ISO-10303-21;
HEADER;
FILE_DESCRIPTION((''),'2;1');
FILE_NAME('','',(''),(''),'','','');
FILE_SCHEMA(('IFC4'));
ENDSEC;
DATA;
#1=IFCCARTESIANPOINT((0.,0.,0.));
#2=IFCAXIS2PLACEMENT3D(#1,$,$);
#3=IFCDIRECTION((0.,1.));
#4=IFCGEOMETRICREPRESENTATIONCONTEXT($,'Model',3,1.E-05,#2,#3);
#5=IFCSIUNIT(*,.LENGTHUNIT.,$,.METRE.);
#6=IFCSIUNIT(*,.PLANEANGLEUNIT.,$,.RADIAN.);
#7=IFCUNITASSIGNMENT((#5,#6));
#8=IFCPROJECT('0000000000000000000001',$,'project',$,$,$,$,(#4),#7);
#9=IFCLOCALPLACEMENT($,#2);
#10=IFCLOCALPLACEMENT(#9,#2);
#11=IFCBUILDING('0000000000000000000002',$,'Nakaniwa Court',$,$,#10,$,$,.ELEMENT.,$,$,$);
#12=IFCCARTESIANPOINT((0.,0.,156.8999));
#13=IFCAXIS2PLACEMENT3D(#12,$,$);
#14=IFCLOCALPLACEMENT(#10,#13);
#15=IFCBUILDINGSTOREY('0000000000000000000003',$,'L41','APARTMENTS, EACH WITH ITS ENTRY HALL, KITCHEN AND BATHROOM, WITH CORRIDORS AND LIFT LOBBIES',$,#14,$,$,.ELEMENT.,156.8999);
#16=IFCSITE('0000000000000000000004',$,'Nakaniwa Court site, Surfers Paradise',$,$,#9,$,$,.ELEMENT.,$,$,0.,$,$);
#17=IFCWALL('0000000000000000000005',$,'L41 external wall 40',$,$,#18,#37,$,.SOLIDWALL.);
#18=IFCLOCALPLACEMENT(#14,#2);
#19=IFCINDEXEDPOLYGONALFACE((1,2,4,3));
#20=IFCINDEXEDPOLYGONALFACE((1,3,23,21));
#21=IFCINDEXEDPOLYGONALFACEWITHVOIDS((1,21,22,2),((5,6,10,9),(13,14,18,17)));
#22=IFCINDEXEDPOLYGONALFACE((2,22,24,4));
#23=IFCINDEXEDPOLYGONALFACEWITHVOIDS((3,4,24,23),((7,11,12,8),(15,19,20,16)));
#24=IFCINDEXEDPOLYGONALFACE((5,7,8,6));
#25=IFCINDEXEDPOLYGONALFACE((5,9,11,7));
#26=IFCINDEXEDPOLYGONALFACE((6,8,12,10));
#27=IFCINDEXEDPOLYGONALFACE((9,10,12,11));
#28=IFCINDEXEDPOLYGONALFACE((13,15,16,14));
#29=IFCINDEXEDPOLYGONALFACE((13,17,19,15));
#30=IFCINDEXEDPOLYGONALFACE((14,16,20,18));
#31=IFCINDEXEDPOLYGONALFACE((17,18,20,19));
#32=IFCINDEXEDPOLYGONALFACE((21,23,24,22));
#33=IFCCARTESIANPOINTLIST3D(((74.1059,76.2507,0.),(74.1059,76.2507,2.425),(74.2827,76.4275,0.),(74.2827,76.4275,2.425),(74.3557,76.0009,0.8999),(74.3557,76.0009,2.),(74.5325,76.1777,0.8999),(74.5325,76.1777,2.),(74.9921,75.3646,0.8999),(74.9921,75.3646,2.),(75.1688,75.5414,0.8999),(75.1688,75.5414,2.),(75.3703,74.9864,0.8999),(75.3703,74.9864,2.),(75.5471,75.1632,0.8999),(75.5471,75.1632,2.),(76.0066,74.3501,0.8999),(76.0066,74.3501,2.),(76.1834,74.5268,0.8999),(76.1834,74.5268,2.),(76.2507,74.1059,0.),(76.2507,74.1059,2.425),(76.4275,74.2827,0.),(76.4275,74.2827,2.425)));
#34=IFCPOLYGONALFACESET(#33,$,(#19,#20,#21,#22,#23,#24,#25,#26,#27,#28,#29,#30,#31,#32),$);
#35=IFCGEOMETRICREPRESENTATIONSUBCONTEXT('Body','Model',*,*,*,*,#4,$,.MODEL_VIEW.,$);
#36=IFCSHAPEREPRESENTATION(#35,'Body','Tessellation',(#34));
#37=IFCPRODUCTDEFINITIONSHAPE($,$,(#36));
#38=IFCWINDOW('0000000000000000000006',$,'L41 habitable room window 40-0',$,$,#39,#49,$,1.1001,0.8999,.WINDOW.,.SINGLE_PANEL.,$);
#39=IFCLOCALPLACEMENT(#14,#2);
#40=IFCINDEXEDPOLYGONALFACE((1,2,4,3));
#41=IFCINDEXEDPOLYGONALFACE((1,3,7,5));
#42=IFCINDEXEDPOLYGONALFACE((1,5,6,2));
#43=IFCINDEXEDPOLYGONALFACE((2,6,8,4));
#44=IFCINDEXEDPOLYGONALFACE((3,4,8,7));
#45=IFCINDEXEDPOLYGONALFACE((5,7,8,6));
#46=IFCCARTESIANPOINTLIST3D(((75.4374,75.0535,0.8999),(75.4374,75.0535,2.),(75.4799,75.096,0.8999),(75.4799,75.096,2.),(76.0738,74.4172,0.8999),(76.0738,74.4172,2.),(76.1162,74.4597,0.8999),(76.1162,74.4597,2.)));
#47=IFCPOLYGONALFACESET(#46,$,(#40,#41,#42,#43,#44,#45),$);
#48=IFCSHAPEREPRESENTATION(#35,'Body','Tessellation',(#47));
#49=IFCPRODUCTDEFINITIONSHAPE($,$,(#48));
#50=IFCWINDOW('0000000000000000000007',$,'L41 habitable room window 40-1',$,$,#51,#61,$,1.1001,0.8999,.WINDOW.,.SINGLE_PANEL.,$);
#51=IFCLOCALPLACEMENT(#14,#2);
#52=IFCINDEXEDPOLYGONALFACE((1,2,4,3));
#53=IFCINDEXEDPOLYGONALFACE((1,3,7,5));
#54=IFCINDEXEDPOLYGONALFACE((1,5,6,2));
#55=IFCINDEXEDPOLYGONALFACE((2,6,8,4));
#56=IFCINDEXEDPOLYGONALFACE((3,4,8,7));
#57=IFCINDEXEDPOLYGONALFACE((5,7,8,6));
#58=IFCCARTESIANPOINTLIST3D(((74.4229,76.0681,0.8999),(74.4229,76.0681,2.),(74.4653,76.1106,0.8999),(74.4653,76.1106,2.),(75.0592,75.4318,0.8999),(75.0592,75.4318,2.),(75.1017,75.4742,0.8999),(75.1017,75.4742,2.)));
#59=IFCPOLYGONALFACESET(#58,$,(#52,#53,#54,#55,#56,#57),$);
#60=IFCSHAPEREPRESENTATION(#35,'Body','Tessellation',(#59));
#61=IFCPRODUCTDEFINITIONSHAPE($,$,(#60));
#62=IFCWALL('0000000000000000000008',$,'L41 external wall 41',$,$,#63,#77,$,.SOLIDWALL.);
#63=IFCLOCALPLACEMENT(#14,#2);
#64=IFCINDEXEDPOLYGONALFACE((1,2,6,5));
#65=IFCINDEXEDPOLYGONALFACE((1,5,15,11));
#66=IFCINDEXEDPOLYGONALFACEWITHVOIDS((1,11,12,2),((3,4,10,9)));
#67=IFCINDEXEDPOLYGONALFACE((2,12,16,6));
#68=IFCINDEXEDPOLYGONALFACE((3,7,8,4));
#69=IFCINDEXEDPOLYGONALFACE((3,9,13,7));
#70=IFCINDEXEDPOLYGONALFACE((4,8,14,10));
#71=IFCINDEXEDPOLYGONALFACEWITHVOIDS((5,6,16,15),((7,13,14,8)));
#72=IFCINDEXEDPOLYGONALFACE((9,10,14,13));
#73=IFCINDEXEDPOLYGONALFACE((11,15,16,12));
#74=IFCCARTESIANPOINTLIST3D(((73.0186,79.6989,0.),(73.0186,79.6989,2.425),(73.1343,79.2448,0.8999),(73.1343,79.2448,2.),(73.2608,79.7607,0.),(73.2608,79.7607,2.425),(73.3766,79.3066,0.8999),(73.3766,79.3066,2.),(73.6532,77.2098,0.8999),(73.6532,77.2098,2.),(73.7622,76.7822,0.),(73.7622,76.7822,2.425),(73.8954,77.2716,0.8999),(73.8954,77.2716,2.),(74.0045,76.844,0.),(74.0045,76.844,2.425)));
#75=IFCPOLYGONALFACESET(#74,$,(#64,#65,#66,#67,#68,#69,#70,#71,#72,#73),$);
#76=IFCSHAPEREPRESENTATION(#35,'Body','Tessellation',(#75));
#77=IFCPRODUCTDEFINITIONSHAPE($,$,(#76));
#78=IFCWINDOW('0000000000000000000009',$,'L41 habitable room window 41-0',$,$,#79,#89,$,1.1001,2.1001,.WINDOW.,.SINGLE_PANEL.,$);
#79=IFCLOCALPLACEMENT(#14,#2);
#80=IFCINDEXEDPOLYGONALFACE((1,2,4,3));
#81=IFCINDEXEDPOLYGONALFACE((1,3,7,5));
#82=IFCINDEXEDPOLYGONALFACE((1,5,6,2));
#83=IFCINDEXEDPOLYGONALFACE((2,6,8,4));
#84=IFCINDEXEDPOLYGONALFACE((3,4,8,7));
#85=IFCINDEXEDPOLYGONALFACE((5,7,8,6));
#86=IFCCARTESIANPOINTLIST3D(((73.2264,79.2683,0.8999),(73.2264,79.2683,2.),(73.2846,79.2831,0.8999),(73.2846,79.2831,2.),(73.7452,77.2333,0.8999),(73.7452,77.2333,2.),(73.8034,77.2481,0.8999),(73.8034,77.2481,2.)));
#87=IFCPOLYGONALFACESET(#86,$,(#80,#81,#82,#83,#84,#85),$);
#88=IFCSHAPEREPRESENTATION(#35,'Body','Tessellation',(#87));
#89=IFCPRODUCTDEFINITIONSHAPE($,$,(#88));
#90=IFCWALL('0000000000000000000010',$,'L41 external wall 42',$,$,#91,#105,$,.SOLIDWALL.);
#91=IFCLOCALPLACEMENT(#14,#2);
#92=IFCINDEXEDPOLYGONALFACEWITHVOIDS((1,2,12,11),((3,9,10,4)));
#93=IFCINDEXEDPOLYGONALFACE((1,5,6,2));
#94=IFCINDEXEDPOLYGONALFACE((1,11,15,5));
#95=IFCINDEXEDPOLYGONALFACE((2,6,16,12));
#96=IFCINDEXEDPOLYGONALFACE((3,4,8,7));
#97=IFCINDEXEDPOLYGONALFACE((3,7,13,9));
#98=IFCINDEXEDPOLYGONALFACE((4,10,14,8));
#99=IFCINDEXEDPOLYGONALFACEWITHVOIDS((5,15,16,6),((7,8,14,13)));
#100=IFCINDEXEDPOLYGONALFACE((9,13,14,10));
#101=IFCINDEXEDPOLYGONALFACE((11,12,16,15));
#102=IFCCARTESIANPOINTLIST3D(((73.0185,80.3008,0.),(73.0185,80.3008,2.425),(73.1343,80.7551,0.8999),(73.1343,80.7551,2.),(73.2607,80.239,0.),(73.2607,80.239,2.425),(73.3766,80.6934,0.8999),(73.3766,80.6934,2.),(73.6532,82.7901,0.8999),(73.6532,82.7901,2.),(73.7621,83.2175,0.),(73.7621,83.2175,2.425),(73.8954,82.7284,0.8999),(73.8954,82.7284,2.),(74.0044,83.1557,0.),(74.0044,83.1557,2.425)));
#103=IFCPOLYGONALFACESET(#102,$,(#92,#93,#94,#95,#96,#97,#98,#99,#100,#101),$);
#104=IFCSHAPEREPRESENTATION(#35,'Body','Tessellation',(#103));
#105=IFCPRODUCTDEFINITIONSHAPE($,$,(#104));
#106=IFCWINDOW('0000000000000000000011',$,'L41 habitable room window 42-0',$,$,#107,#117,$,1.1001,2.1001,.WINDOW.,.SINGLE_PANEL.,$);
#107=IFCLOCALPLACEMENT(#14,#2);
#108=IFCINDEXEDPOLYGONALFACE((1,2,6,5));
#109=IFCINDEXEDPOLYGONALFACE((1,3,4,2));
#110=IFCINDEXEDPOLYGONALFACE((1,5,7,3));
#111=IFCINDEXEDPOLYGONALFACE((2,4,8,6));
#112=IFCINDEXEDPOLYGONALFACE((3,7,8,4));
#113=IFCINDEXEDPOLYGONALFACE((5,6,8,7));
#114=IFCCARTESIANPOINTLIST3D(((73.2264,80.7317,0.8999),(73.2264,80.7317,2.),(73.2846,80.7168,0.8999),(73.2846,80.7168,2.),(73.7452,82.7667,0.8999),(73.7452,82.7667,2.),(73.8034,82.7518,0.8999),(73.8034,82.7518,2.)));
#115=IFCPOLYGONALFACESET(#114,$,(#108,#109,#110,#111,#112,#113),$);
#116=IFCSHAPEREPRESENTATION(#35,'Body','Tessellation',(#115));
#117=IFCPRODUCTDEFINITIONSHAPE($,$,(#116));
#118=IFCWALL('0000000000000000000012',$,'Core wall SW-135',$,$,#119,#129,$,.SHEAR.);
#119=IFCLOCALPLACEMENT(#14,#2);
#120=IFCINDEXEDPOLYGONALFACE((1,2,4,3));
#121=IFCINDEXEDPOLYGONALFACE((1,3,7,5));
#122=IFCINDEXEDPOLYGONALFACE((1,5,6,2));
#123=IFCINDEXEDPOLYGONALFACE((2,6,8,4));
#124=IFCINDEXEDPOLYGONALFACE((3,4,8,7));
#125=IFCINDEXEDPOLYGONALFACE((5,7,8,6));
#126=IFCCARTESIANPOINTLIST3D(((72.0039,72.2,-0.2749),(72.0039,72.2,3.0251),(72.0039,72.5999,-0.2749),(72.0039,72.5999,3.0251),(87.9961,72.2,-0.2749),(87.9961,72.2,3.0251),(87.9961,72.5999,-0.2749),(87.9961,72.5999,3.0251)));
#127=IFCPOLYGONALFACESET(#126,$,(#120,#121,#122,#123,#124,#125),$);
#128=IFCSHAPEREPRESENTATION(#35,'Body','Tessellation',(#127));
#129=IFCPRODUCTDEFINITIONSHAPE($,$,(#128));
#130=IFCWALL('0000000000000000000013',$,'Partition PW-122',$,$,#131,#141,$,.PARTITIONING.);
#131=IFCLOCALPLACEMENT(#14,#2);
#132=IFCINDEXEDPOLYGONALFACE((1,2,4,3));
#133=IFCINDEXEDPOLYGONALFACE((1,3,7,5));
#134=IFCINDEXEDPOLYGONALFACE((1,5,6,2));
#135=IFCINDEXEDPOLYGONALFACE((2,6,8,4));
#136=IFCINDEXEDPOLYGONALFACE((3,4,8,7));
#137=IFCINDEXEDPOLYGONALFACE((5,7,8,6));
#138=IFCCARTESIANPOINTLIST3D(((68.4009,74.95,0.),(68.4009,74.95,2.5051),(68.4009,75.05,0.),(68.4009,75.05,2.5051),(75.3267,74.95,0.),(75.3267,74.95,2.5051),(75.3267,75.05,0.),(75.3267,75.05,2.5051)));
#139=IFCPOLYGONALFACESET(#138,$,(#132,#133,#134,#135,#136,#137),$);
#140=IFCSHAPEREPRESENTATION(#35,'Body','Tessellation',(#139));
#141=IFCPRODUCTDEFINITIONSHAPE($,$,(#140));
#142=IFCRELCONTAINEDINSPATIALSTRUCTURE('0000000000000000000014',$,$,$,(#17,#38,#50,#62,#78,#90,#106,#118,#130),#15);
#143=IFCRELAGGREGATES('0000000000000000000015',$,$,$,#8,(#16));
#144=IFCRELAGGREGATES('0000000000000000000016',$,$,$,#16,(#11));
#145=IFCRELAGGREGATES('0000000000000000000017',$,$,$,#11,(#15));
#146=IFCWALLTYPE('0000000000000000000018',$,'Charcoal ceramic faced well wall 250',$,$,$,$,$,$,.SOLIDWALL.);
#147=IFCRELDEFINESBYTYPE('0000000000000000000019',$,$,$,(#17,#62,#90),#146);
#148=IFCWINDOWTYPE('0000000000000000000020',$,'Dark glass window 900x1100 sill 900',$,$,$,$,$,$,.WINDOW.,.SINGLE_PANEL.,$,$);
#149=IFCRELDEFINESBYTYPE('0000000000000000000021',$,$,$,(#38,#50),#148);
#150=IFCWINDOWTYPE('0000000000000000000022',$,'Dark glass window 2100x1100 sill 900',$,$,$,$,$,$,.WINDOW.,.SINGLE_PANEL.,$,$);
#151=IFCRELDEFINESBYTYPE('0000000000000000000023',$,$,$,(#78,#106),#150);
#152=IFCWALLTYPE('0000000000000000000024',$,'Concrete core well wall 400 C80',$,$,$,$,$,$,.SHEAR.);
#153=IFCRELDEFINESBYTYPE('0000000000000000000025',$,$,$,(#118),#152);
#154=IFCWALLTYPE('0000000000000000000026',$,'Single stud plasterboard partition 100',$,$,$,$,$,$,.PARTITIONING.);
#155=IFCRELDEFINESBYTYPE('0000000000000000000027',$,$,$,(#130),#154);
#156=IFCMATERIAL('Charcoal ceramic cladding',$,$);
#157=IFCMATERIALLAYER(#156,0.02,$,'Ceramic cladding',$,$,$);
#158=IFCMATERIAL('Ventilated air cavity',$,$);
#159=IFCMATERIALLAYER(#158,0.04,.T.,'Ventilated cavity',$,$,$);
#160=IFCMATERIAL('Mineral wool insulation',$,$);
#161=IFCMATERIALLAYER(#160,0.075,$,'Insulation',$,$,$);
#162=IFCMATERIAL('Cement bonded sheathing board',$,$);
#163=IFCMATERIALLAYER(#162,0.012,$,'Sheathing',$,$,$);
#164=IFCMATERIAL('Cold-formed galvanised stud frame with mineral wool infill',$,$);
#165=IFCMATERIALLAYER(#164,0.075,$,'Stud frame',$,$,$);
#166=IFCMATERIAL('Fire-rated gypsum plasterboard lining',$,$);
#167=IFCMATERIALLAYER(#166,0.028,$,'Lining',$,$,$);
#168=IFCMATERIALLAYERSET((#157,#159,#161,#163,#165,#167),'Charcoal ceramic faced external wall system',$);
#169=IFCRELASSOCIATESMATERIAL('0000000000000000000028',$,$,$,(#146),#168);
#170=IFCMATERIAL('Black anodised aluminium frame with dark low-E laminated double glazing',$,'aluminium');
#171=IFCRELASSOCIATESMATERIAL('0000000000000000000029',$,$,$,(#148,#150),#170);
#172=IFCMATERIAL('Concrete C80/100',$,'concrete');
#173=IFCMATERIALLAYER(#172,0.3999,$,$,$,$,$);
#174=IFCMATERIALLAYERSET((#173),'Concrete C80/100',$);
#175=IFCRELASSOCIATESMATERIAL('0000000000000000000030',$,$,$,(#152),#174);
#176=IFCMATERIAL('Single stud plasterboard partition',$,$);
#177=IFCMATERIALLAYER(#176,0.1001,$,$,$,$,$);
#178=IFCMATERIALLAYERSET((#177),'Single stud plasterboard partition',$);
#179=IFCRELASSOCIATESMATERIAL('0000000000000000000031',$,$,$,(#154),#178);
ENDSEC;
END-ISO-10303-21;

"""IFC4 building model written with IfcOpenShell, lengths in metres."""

from ifc_helpers import new_model, si_unit, direction, frame, frame_2d, origin, place, context, subcontext, project, spatial, rectangle, extrude, material, layer, layer_set, type_object, element, fill, save


model = new_model("IFC4")

# Units and contexts
model_context = context("Model", 3, precision=1e-05, world=origin(), true_north=direction((0.0, 1.0)))
body_context = subcontext(model_context, "Body", "Model", "MODEL_VIEW")
ifc_project = project(units=[si_unit("LENGTHUNIT", "METRE"), si_unit("PLANEANGLEUNIT", "RADIAN")], contexts=[model_context])

# Site, building, storey
site_placement = place(None, origin())
site = spatial("IfcSite", under=ifc_project, at=site_placement, Name="Nakaniwa Court site, Surfers Paradise", CompositionType="ELEMENT", RefElevation=0.0)
building_placement = place(site_placement, origin())
building = spatial("IfcBuilding", under=site, at=building_placement, Name="Nakaniwa Court", CompositionType="ELEMENT")
storey_placement = place(building_placement, frame((0.0, 0.0, 156.8999)))
storey = spatial("IfcBuildingStorey", under=building, at=storey_placement, Name="L41", Description="APARTMENTS, EACH WITH ITS ENTRY HALL, KITCHEN AND BATHROOM, WITH CORRIDORS AND LIFT LOBBIES", CompositionType="ELEMENT", Elevation=156.8999)

# Shared definitions
ifc_material_1 = material(Name="Concrete C80/100", Category="concrete")

# Wall, openings, windows
ifc_material_2 = material(Name="Charcoal ceramic cladding")
ifc_layer_1 = layer(ifc_material_2, 0.02, Name="Ceramic cladding")
ifc_material_3 = material(Name="Ventilated air cavity")
ifc_layer_2 = layer(ifc_material_3, 0.04, ventilated=True, Name="Ventilated cavity")
ifc_material_4 = material(Name="Mineral wool insulation")
ifc_layer_3 = layer(ifc_material_4, 0.075, Name="Insulation")
ifc_material_5 = material(Name="Cement bonded sheathing board")
ifc_layer_4 = layer(ifc_material_5, 0.012, Name="Sheathing")
ifc_material_6 = material(Name="Cold-formed galvanised stud frame with mineral wool infill")
ifc_layer_5 = layer(ifc_material_6, 0.075, Name="Stud frame")
ifc_material_7 = material(Name="Fire-rated gypsum plasterboard lining")
ifc_layer_6 = layer(ifc_material_7, 0.028, Name="Lining")
ifc_layer_set_1 = layer_set([ifc_layer_1, ifc_layer_2, ifc_layer_3, ifc_layer_4, ifc_layer_5, ifc_layer_6], Name="Charcoal ceramic faced external wall system")
wall_type_1 = type_object("IfcWallType", Name="Charcoal ceramic faced well wall 250", PredefinedType="SOLIDWALL", material=ifc_layer_set_1)
wall_1_placement = place(storey_placement, frame((76.3391, 74.1943, 0.0), z_axis=(0.0, 0.0, 1.0), x_axis=(-0.707107, 0.707107, 0.0)))
wall_1 = element("IfcWall", 1, at=wall_1_placement, inside=storey, type_object=wall_type_1, Name="L41 external wall 40", PredefinedType="SOLIDWALL", context=body_context, shape_type="SweptSolid", body=[
    extrude(rectangle(XDim=3.0332, YDim=0.25, at=frame_2d((1.5166, 0.0))), origin(), (0.0, 0.0, 1.0), 2.425),
])
opening_1_placement = place(wall_1_placement, frame((0.3452, 0.0, 0.8999)))
opening_1 = element("IfcOpeningElement", 2, at=opening_1_placement, cuts=wall_1, PredefinedType="OPENING", context=body_context, shape_type="SweptSolid", body=[
    extrude(rectangle(XDim=0.8999, YDim=1.1001, at=frame_2d((0.45, 0.55))), frame((0.0, 0.135, 0.0), z_axis=(0.0, -1.0, 0.0), x_axis=(1.0, 0.0, 0.0)), (0.0, 0.0, 1.0), 0.27),
])
opening_2_placement = place(wall_1_placement, frame((1.78, 0.0, 0.8999)))
opening_2 = element("IfcOpeningElement", 3, at=opening_2_placement, cuts=wall_1, PredefinedType="OPENING", context=body_context, shape_type="SweptSolid", body=[
    extrude(rectangle(XDim=0.8999, YDim=1.1001, at=frame_2d((0.45, 0.55))), frame((0.0, 0.135, 0.0), z_axis=(0.0, -1.0, 0.0), x_axis=(1.0, 0.0, 0.0)), (0.0, 0.0, 1.0), 0.27),
])
ifc_material_8 = material(Name="Black anodised aluminium frame with dark low-E laminated double glazing", Category="aluminium")
window_type_1 = type_object("IfcWindowType", Name="Dark glass window 900x1100 sill 900", PartitioningType="SINGLE_PANEL", PredefinedType="WINDOW", material=ifc_material_8)
window_1_placement = place(opening_1_placement, origin())
window_1 = element("IfcWindow", 4, at=window_1_placement, inside=storey, type_object=window_type_1, Name="L41 habitable room window 40-0", OverallHeight=1.1001, OverallWidth=0.8999, PartitioningType="SINGLE_PANEL", PredefinedType="WINDOW", context=body_context, shape_type="SweptSolid", body=[
    extrude(rectangle(XDim=0.8999, YDim=1.1001, at=frame_2d((0.45, 0.55))), frame((0.0, 0.03, 0.0), z_axis=(0.0, -1.0, 0.0), x_axis=(1.0, 0.0, 0.0)), (0.0, 0.0, 1.0), 0.0601),
])
fill(opening_1, window_1)
window_2_placement = place(opening_2_placement, origin())
window_2 = element("IfcWindow", 5, at=window_2_placement, inside=storey, type_object=window_type_1, Name="L41 habitable room window 40-1", OverallHeight=1.1001, OverallWidth=0.8999, PartitioningType="SINGLE_PANEL", PredefinedType="WINDOW", context=body_context, shape_type="SweptSolid", body=[
    extrude(rectangle(XDim=0.8999, YDim=1.1001, at=frame_2d((0.45, 0.55))), frame((0.0, 0.03, 0.0), z_axis=(0.0, -1.0, 0.0), x_axis=(1.0, 0.0, 0.0)), (0.0, 0.0, 1.0), 0.0601),
])
fill(opening_2, window_2)

# Walls, openings, windows
wall_2_placement = place(storey_placement, frame((73.8833, 76.8132, 0.0), z_axis=(0.0, 0.0, 1.0), x_axis=(-0.247056, 0.969001, 0.0)))
wall_2 = element("IfcWall", 6, at=wall_2_placement, inside=storey, type_object=wall_type_1, Name="L41 external wall 41", PredefinedType="SOLIDWALL", context=body_context, shape_type="SweptSolid", body=[
    extrude(rectangle(XDim=3.01, YDim=0.25, at=frame_2d((1.5049, 0.0))), origin(), (0.0, 0.0, 1.0), 2.425),
])
opening_3_placement = place(wall_2_placement, frame((0.4412, 0.0, 0.8999)))
opening_3 = element("IfcOpeningElement", 7, at=opening_3_placement, cuts=wall_2, PredefinedType="OPENING", context=body_context, shape_type="SweptSolid", body=[
    extrude(rectangle(XDim=2.1001, YDim=1.1001, at=frame_2d((1.05, 0.55))), frame((0.0, 0.135, 0.0), z_axis=(0.0, -1.0, 0.0), x_axis=(1.0, 0.0, 0.0)), (0.0, 0.0, 1.0), 0.27),
])
window_type_2 = type_object("IfcWindowType", Name="Dark glass window 2100x1100 sill 900", PartitioningType="SINGLE_PANEL", PredefinedType="WINDOW", material=ifc_material_8)
window_3_placement = place(opening_3_placement, origin())
window_3 = element("IfcWindow", 8, at=window_3_placement, inside=storey, type_object=window_type_2, Name="L41 habitable room window 41-0", OverallHeight=1.1001, OverallWidth=2.1001, PartitioningType="SINGLE_PANEL", PredefinedType="WINDOW", context=body_context, shape_type="SweptSolid", body=[
    extrude(rectangle(XDim=2.1001, YDim=1.1001, at=frame_2d((1.05, 0.55))), frame((0.0, 0.03, 0.0), z_axis=(0.0, -1.0, 0.0), x_axis=(1.0, 0.0, 0.0)), (0.0, 0.0, 1.0), 0.0601),
])
fill(opening_3, window_3)
wall_3_placement = place(storey_placement, frame((73.1396, 80.27, 0.0), z_axis=(0.0, 0.0, 1.0), x_axis=(0.247056, 0.969001, 0.0)))
wall_3 = element("IfcWall", 9, at=wall_3_placement, inside=storey, type_object=wall_type_1, Name="L41 external wall 42", PredefinedType="SOLIDWALL", context=body_context, shape_type="SweptSolid", body=[
    extrude(rectangle(XDim=3.01, YDim=0.25, at=frame_2d((1.5049, 0.0))), origin(), (0.0, 0.0, 1.0), 2.425),
])
opening_4_placement = place(wall_3_placement, frame((0.4688, 0.0, 0.8999)))
opening_4 = element("IfcOpeningElement", 10, at=opening_4_placement, cuts=wall_3, PredefinedType="OPENING", context=body_context, shape_type="SweptSolid", body=[
    extrude(rectangle(XDim=2.1001, YDim=1.1001, at=frame_2d((1.05, 0.55))), frame((0.0, 0.135, 0.0), z_axis=(0.0, -1.0, 0.0), x_axis=(1.0, 0.0, 0.0)), (0.0, 0.0, 1.0), 0.27),
])
window_4_placement = place(opening_4_placement, origin())
window_4 = element("IfcWindow", 11, at=window_4_placement, inside=storey, type_object=window_type_2, Name="L41 habitable room window 42-0", OverallHeight=1.1001, OverallWidth=2.1001, PartitioningType="SINGLE_PANEL", PredefinedType="WINDOW", context=body_context, shape_type="SweptSolid", body=[
    extrude(rectangle(XDim=2.1001, YDim=1.1001, at=frame_2d((1.05, 0.55))), frame((0.0, 0.03, 0.0), z_axis=(0.0, -1.0, 0.0), x_axis=(1.0, 0.0, 0.0)), (0.0, 0.0, 1.0), 0.0601),
])
fill(opening_4, window_4)

# Walls
ifc_layer_7 = layer(ifc_material_1, 0.3999)
ifc_layer_set_2 = layer_set([ifc_layer_7], Name="Concrete C80/100")
wall_type_2 = type_object("IfcWallType", Name="Concrete core well wall 400 C80", PredefinedType="SHEAR", material=ifc_layer_set_2)
wall_4_placement = place(storey_placement, frame((72.0039, 72.3999, -0.2749), z_axis=(0.0, 0.0, 1.0), x_axis=(1.0, 0.0, 0.0)))
element("IfcWall", 12, at=wall_4_placement, inside=storey, type_object=wall_type_2, Name="Core wall SW-135", PredefinedType="SHEAR", context=body_context, shape_type="SweptSolid", body=[
    extrude(rectangle(XDim=15.9922, YDim=0.3999, at=frame_2d((7.9961, 0.0))), origin(), (0.0, 0.0, 1.0), 3.3),
])
ifc_material_9 = material(Name="Single stud plasterboard partition")
ifc_layer_8 = layer(ifc_material_9, 0.1001)
ifc_layer_set_3 = layer_set([ifc_layer_8], Name="Single stud plasterboard partition")
wall_type_3 = type_object("IfcWallType", Name="Single stud plasterboard partition 100", PredefinedType="PARTITIONING", material=ifc_layer_set_3)
wall_5_placement = place(storey_placement, frame((68.4009, 75.0, 0.0), z_axis=(0.0, 0.0, 1.0), x_axis=(1.0, 0.0, 0.0)))
element("IfcWall", 13, at=wall_5_placement, inside=storey, type_object=wall_type_3, Name="Partition PW-122", PredefinedType="PARTITIONING", context=body_context, shape_type="SweptSolid", body=[
    extrude(rectangle(XDim=6.9258, YDim=0.1001, at=frame_2d((3.4629, 0.0))), origin(), (0.0, 0.0, 1.0), 2.5051),
])

save(model, "model.ifc")
